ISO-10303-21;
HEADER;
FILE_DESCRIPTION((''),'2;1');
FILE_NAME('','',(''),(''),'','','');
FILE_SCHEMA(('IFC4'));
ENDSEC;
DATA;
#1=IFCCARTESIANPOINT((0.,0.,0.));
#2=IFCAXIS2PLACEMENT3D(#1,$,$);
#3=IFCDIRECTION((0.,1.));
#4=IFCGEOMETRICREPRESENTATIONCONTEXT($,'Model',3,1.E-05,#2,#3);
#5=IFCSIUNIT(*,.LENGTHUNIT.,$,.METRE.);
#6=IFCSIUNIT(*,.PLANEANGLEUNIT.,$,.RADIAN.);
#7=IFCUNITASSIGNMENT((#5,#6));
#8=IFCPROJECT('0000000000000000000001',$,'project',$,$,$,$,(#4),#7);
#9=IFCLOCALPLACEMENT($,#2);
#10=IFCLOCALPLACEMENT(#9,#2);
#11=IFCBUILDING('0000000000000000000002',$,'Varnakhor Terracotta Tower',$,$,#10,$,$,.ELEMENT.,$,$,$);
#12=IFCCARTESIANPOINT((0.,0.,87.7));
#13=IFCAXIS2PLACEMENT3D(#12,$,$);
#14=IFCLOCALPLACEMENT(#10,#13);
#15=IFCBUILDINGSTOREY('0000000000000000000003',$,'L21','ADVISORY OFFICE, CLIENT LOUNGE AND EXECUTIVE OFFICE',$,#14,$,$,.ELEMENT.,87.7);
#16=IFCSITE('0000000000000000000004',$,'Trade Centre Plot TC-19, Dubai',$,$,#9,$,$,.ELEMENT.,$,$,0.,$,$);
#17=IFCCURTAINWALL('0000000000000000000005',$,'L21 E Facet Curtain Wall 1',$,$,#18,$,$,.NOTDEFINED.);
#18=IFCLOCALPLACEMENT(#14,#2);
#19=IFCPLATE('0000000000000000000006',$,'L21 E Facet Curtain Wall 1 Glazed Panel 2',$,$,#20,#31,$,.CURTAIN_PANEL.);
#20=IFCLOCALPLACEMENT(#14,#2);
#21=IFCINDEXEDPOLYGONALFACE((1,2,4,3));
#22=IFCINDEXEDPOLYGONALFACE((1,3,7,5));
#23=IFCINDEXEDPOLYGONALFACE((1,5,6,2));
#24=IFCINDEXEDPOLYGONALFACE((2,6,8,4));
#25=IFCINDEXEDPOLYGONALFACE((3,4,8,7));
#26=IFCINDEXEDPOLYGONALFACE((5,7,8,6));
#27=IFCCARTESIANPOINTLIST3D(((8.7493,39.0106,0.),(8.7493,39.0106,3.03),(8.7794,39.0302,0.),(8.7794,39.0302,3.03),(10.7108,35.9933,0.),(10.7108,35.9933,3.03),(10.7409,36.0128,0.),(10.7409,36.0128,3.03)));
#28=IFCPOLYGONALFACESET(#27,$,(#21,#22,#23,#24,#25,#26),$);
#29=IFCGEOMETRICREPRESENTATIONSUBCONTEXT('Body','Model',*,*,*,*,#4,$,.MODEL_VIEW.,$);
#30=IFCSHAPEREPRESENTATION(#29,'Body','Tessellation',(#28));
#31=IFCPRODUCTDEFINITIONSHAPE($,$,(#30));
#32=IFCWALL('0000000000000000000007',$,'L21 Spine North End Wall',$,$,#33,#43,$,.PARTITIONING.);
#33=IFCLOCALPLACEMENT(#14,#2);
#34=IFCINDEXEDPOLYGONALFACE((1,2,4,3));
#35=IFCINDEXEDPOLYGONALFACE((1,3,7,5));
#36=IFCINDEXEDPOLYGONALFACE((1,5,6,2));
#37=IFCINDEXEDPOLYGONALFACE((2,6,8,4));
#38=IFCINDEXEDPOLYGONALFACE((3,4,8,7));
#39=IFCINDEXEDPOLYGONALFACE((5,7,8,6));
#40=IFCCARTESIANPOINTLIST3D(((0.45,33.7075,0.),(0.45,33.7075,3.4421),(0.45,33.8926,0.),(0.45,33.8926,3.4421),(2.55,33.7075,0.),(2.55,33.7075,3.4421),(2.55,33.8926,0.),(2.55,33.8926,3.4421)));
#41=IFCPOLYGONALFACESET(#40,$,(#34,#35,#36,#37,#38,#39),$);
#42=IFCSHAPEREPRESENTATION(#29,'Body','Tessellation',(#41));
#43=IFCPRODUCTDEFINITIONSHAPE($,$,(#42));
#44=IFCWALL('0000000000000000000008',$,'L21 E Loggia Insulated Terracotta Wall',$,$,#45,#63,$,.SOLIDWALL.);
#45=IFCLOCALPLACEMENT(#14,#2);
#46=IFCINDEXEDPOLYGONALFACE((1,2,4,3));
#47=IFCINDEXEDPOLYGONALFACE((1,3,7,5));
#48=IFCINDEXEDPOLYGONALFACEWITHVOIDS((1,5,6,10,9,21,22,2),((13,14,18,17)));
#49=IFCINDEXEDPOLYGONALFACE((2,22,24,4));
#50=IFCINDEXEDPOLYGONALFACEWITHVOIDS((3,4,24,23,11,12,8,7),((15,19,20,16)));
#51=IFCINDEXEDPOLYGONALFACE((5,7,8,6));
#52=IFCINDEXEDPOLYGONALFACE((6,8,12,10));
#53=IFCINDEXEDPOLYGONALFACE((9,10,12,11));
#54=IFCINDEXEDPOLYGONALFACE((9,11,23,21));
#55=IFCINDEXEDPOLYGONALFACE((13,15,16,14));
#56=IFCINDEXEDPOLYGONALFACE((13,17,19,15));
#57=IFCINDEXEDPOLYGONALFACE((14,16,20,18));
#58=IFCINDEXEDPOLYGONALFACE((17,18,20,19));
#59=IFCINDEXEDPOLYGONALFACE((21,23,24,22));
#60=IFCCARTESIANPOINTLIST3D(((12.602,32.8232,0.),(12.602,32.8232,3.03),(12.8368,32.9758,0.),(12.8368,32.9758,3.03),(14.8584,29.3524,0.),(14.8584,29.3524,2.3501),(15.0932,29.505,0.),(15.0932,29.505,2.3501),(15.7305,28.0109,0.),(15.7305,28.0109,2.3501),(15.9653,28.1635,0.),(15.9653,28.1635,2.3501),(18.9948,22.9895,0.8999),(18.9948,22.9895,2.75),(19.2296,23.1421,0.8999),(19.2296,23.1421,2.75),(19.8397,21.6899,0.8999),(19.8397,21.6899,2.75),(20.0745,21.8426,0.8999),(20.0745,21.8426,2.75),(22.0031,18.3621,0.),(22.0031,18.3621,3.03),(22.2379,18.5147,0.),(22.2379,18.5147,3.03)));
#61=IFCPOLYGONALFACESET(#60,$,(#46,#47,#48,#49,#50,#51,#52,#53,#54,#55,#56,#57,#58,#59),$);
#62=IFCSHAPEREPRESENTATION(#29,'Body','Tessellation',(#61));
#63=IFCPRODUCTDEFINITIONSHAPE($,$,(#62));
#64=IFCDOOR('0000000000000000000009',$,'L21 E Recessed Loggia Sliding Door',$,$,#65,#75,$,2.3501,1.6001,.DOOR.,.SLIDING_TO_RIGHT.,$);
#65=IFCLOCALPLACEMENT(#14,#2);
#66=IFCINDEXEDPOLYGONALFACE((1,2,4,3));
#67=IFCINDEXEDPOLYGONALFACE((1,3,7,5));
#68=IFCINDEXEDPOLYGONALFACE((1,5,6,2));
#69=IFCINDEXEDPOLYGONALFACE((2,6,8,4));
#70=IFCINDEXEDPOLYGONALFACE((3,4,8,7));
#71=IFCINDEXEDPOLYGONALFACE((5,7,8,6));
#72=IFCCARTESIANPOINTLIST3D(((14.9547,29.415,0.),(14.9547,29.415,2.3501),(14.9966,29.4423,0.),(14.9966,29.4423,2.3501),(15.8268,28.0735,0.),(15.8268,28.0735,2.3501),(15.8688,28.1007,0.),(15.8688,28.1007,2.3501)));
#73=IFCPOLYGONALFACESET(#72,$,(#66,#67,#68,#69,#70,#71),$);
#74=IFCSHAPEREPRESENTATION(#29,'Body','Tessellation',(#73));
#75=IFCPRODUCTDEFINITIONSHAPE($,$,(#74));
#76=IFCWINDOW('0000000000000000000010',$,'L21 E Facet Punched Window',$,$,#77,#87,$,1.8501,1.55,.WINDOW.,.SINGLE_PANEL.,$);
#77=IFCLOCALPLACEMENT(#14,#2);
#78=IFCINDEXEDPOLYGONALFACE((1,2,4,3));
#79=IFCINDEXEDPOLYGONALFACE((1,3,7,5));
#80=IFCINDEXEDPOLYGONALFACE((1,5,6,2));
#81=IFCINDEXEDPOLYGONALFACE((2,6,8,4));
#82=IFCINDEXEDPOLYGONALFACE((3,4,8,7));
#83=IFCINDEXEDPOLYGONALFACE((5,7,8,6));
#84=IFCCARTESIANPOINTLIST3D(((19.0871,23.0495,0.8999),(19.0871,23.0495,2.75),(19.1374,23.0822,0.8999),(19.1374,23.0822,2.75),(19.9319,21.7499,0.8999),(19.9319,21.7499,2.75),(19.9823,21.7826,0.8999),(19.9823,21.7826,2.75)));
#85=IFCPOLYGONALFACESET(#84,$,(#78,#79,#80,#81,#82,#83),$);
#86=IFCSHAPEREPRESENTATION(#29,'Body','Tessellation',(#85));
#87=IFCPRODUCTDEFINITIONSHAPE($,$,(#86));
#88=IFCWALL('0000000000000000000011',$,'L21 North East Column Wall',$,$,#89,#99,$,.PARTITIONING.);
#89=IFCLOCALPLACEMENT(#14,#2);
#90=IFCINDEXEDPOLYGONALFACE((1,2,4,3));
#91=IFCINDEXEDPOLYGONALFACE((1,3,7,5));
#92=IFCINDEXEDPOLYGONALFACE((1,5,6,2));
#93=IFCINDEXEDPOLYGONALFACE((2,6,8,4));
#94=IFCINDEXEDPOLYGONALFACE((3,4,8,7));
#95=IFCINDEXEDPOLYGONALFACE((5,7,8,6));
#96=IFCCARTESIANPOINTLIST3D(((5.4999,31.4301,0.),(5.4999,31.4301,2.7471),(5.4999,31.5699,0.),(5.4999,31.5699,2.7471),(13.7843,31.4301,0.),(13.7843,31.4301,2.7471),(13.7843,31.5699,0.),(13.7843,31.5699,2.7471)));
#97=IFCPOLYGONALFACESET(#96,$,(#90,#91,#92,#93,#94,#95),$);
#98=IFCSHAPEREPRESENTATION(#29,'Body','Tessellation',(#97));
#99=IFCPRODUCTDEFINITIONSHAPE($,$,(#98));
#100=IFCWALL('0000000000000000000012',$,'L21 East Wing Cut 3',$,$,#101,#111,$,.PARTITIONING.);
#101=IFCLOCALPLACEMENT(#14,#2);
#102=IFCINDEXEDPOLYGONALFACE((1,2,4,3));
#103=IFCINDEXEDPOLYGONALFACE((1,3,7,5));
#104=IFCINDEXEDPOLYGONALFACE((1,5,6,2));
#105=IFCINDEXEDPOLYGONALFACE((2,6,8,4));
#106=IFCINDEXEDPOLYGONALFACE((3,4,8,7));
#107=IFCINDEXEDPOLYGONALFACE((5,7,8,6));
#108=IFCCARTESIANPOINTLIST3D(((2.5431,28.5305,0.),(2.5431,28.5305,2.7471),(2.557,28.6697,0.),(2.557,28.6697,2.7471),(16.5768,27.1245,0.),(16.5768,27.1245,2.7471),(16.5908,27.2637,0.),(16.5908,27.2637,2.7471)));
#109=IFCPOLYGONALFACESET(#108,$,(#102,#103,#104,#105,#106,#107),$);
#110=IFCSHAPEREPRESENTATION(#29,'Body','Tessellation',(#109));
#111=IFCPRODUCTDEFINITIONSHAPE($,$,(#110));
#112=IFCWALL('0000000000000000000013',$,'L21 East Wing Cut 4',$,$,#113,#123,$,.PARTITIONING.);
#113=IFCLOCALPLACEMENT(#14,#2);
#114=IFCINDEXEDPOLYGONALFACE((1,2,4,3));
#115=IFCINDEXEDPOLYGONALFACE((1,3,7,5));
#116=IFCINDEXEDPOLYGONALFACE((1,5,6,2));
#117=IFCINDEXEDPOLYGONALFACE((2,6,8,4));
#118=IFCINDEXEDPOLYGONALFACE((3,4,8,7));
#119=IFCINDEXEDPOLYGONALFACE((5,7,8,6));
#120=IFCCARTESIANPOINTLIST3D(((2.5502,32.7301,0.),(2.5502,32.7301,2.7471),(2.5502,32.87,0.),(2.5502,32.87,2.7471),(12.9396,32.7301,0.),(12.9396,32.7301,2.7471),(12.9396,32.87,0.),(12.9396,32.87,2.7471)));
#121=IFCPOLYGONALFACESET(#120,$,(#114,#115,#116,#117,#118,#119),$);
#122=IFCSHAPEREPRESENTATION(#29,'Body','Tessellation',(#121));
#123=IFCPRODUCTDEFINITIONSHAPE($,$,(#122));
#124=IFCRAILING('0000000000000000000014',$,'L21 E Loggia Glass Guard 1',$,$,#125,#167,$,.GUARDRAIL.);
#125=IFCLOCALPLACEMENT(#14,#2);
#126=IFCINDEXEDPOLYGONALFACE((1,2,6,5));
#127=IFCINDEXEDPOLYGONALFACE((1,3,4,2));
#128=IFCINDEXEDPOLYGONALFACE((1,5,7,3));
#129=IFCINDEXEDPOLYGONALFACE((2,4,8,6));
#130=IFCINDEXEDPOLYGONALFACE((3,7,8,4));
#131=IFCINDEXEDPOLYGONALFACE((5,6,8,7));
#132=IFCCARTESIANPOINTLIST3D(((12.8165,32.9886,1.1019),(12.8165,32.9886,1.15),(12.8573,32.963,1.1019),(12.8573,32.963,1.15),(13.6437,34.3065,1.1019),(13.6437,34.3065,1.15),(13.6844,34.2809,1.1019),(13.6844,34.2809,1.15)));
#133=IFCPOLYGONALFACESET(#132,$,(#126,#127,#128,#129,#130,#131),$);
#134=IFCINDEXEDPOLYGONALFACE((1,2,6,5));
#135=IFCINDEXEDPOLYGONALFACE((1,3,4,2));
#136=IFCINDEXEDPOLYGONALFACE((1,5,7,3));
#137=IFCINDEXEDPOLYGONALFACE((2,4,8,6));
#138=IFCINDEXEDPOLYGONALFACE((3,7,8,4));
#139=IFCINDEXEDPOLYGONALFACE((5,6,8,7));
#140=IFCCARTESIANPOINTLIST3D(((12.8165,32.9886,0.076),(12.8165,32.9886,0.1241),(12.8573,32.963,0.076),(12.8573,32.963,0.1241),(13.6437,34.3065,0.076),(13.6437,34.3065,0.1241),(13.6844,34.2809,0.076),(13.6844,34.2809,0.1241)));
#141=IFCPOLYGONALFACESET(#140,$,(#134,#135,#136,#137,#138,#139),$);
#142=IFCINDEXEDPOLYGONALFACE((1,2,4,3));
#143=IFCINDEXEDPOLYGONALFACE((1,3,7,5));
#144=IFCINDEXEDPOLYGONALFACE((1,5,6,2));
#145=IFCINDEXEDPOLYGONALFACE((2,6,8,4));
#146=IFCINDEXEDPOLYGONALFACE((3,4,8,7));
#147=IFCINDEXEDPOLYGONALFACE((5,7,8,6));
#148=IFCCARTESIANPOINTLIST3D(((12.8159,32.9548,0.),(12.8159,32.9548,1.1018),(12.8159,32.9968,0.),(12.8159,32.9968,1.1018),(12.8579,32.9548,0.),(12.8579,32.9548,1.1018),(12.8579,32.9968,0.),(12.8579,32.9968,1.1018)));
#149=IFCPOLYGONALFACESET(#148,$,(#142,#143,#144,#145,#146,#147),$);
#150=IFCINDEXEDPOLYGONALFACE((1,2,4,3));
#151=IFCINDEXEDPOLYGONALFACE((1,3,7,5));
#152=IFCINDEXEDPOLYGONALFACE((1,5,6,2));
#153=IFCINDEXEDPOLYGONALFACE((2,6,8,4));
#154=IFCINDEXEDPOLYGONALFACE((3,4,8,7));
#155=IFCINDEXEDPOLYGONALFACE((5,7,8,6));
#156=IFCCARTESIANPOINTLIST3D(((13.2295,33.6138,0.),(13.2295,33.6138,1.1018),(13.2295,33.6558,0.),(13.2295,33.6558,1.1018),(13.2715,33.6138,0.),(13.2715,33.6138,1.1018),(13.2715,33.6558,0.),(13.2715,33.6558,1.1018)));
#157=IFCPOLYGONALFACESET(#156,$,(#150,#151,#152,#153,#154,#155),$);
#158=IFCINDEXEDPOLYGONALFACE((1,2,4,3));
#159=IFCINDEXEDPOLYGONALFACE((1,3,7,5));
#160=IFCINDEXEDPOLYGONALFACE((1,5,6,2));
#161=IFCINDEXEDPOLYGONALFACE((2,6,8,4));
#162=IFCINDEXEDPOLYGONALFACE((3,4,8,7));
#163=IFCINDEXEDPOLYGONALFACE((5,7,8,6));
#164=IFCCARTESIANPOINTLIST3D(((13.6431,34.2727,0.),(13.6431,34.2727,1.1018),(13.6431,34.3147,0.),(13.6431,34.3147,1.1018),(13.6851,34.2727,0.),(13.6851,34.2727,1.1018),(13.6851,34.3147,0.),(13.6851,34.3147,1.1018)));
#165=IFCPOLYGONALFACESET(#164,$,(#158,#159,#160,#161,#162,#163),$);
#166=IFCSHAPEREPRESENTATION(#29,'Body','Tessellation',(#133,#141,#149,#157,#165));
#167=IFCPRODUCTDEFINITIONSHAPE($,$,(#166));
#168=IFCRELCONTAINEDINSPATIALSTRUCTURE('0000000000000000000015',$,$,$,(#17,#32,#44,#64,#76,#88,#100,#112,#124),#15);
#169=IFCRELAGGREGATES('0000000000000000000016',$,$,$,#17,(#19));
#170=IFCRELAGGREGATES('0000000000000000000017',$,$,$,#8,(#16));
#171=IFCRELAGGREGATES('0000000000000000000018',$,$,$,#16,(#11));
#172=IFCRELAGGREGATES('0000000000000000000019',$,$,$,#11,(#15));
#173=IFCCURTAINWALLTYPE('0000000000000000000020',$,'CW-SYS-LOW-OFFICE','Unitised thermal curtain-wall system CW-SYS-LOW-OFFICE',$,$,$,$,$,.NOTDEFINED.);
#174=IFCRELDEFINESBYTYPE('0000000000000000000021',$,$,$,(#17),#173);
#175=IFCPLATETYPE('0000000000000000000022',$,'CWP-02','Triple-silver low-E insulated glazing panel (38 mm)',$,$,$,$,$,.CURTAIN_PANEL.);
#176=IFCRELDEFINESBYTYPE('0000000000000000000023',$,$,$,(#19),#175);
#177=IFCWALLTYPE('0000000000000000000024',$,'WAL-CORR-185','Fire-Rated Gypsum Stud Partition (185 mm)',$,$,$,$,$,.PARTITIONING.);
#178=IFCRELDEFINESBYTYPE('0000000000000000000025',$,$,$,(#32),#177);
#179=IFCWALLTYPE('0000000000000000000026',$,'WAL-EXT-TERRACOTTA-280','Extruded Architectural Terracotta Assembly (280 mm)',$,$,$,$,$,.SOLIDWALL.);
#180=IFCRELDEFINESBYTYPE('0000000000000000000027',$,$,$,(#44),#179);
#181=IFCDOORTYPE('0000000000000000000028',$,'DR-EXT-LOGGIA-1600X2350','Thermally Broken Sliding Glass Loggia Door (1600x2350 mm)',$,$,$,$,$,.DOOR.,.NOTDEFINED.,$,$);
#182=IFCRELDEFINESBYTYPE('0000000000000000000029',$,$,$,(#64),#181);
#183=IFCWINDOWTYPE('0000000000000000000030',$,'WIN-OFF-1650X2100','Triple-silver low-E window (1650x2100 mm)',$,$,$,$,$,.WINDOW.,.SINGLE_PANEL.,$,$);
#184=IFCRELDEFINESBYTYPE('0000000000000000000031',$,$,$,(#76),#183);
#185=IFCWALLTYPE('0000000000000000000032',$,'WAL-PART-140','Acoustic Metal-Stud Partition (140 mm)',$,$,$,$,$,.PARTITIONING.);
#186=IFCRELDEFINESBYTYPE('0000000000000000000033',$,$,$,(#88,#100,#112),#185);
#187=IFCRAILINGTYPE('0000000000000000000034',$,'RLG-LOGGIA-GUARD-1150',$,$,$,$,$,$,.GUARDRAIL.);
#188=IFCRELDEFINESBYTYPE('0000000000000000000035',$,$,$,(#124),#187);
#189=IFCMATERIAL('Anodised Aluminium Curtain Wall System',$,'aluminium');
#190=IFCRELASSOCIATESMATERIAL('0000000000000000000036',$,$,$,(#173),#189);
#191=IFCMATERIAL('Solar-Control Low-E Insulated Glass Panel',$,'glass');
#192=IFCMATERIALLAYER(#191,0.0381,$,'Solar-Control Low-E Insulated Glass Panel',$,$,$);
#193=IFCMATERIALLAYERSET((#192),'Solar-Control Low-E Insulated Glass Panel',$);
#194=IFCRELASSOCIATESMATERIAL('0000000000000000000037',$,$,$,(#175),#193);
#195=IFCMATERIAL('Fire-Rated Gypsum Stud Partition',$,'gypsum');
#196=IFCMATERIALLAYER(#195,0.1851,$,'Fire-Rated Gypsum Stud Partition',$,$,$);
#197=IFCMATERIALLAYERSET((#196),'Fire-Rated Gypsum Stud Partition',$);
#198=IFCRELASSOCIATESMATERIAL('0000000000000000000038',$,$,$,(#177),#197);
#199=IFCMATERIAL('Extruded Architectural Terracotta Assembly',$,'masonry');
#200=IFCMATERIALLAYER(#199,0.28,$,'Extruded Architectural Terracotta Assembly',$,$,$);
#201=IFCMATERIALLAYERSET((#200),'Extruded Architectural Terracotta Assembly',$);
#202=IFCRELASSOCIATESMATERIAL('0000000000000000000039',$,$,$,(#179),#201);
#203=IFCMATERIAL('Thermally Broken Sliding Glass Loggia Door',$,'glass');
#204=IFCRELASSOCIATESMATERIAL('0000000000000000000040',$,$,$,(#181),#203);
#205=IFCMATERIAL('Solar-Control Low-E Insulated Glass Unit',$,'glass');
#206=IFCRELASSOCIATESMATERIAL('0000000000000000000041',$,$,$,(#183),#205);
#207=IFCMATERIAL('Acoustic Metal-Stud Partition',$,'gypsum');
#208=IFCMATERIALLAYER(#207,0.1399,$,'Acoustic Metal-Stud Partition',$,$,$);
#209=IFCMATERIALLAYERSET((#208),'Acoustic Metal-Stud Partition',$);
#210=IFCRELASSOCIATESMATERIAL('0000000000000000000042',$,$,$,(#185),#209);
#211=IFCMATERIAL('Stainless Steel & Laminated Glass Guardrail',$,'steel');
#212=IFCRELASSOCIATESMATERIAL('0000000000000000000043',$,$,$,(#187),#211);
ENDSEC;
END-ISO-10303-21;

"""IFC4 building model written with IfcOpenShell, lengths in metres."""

from ifc_helpers import new_model, si_unit, direction, frame, frame_2d, origin, origin_2d, place, context, subcontext, project, spatial, rectangle, extrude, source, transform, mapped, material, layer, layer_set, type_object, type_shapes, element, fill, aggregate, save


model = new_model("IFC4")

# Units and contexts
model_context = context("Model", 3, precision=1e-05, world=origin(), true_north=direction((0.0, 1.0)))
body_context = subcontext(model_context, "Body", "Model", "MODEL_VIEW")
ifc_project = project(units=[si_unit("LENGTHUNIT", "METRE"), si_unit("PLANEANGLEUNIT", "RADIAN")], contexts=[model_context])

# Site, building, storey
site_placement = place(None, origin())
site = spatial("IfcSite", under=ifc_project, at=site_placement, Name="Trade Centre Plot TC-19, Dubai", CompositionType="ELEMENT", RefElevation=0.0)
building_placement = place(site_placement, origin())
building = spatial("IfcBuilding", under=site, at=building_placement, Name="Varnakhor Terracotta Tower", CompositionType="ELEMENT")
storey_placement = place(building_placement, frame((0.0, 0.0, 87.7)))
storey = spatial("IfcBuildingStorey", under=building, at=storey_placement, Name="L21", Description="ADVISORY OFFICE, CLIENT LOUNGE AND EXECUTIVE OFFICE", CompositionType="ELEMENT", Elevation=87.7)

# Shared definitions
ifc_material_1 = material(Name="Anodised Aluminium Curtain Wall System", Category="aluminium")
curtain_wall_type = type_object("IfcCurtainWallType", Name="CW-SYS-LOW-OFFICE", Description="Unitised thermal curtain-wall system CW-SYS-LOW-OFFICE", PredefinedType="NOTDEFINED", material=ifc_material_1)

# Curtain wall
curtain_wall_1_placement = place(storey_placement, origin())
curtain_wall_1 = element("IfcCurtainWall", 1, at=curtain_wall_1_placement, inside=storey, type_object=curtain_wall_type, Name="L21 E Facet Curtain Wall 1", PredefinedType="NOTDEFINED")

# Plate
ifc_material_2 = material(Name="Solar-Control Low-E Insulated Glass Panel", Category="glass")
ifc_layer_1 = layer(ifc_material_2, 0.0381, Name="Solar-Control Low-E Insulated Glass Panel")
ifc_layer_set_1 = layer_set([ifc_layer_1], Name="Solar-Control Low-E Insulated Glass Panel")
plate_type = type_object("IfcPlateType", Name="CWP-02", Description="Triple-silver low-E insulated glazing panel (38 mm)", PredefinedType="CURTAIN_PANEL", material=ifc_layer_set_1)
shared_shape_1 = source(origin(), body_context, "Body", "SweptSolid", [
    extrude(rectangle(XDim=3.5989, YDim=0.0359, at=origin_2d()), origin(), (0.0, 0.0, 1.0), 3.03),
])
plate_1_placement = place(storey_placement, frame((9.7451, 37.5117, 0.0), z_axis=(0.0, 0.0, 1.0), x_axis=(0.545034, -0.838414, 0.0)))
plate_1 = element("IfcPlate", 2, at=plate_1_placement, type_object=plate_type, Name="L21 E Facet Curtain Wall 1 Glazed Panel 2", PredefinedType="CURTAIN_PANEL", context=body_context, shape_type="MappedRepresentation", body=[
    mapped(shared_shape_1, transform((0.0, 0.0, 0.0), scale=1.0)),
])
aggregate(curtain_wall_1, [plate_1])

# Wall
ifc_material_3 = material(Name="Fire-Rated Gypsum Stud Partition", Category="gypsum")
ifc_layer_2 = layer(ifc_material_3, 0.1851, Name="Fire-Rated Gypsum Stud Partition")
ifc_layer_set_2 = layer_set([ifc_layer_2], Name="Fire-Rated Gypsum Stud Partition")
wall_type_1 = type_object("IfcWallType", Name="WAL-CORR-185", Description="Fire-Rated Gypsum Stud Partition (185 mm)", PredefinedType="PARTITIONING", material=ifc_layer_set_2)
wall_1_placement = place(storey_placement, frame((0.45, 33.8, 0.0), z_axis=(0.0, 0.0, 1.0), x_axis=(1.0, 0.0, 0.0)))
element("IfcWall", 3, at=wall_1_placement, inside=storey, type_object=wall_type_1, Name="L21 Spine North End Wall", PredefinedType="PARTITIONING", context=body_context, shape_type="SweptSolid", body=[
    extrude(rectangle(XDim=2.1001, YDim=0.1851, at=frame_2d((1.05, 0.0))), origin(), (0.0, 0.0, 1.0), 3.4421),
])

# Wall, openings, door, window
ifc_material_4 = material(Name="Extruded Architectural Terracotta Assembly", Category="masonry")
ifc_layer_3 = layer(ifc_material_4, 0.28, Name="Extruded Architectural Terracotta Assembly")
ifc_layer_set_3 = layer_set([ifc_layer_3], Name="Extruded Architectural Terracotta Assembly")
wall_type_2 = type_object("IfcWallType", Name="WAL-EXT-TERRACOTTA-280", Description="Extruded Architectural Terracotta Assembly (280 mm)", PredefinedType="SOLIDWALL", material=ifc_layer_set_3)
wall_2_placement = place(storey_placement, frame((12.7195, 32.8994, 0.0), z_axis=(0.0, 0.0, 1.0), x_axis=(0.545044, -0.838408, 0.0)))
wall_2 = element("IfcWall", 4, at=wall_2_placement, inside=storey, type_object=wall_type_2, Name="L21 E Loggia Insulated Terracotta Wall", PredefinedType="SOLIDWALL", context=body_context, shape_type="SweptSolid", body=[
    extrude(rectangle(XDim=17.2483, YDim=0.28, at=frame_2d((8.624, 0.0))), origin(), (0.0, 0.0, 1.0), 3.03),
])
opening_1_placement = place(wall_2_placement, frame((4.1396, 0.0, 0.0)))
opening_1 = element("IfcOpeningElement", 5, at=opening_1_placement, cuts=wall_2, PredefinedType="OPENING", context=body_context, shape_type="SweptSolid", body=[
    extrude(rectangle(XDim=1.6001, YDim=2.3501, at=frame_2d((0.8, 1.175))), frame((0.0, 0.1499, 0.0), z_axis=(0.0, -1.0, 0.0), x_axis=(1.0, 0.0, 0.0)), (0.0, 0.0, 1.0), 0.3),
])
opening_2_placement = place(wall_2_placement, frame((11.729, 0.0, 0.8999)))
opening_2 = element("IfcOpeningElement", 6, at=opening_2_placement, cuts=wall_2, PredefinedType="OPENING", context=body_context, shape_type="SweptSolid", body=[
    extrude(rectangle(XDim=1.55, YDim=1.8501, at=frame_2d((0.7749, 0.925))), frame((0.0, 0.1499, 0.0), z_axis=(0.0, -1.0, 0.0), x_axis=(1.0, 0.0, 0.0)), (0.0, 0.0, 1.0), 0.3),
])
ifc_material_5 = material(Name="Thermally Broken Sliding Glass Loggia Door", Category="glass")
door_type = type_object("IfcDoorType", Name="DR-EXT-LOGGIA-1600X2350", Description="Thermally Broken Sliding Glass Loggia Door (1600x2350 mm)", OperationType="NOTDEFINED", PredefinedType="DOOR", material=ifc_material_5)
shared_shape_2 = source(origin(), body_context, "Body", "SweptSolid", [
    extrude(rectangle(XDim=1.6001, YDim=2.3501, at=frame_2d((0.8, 1.175))), frame((0.0, 0.0249, 0.0), z_axis=(0.0, -1.0, 0.0), x_axis=(1.0, 0.0, 0.0)), (0.0, 0.0, 1.0), 0.05),
])
type_shapes(door_type, [shared_shape_2])
door_placement = place(opening_1_placement, origin())
door = element("IfcDoor", 7, at=door_placement, inside=storey, type_object=door_type, Name="L21 E Recessed Loggia Sliding Door", OperationType="SLIDING_TO_RIGHT", OverallHeight=2.3501, OverallWidth=1.6001, PredefinedType="DOOR", context=body_context, shape_type="MappedRepresentation", body=[
    mapped(shared_shape_2, transform((0.0, 0.0, 0.0), scale=1.0)),
])
fill(opening_1, door)
ifc_material_6 = material(Name="Solar-Control Low-E Insulated Glass Unit", Category="glass")
window_type = type_object("IfcWindowType", Name="WIN-OFF-1650X2100", Description="Triple-silver low-E window (1650x2100 mm)", PartitioningType="SINGLE_PANEL", PredefinedType="WINDOW", material=ifc_material_6)
shared_shape_3 = source(origin(), body_context, "Body", "SweptSolid", [
    extrude(rectangle(XDim=1.55, YDim=1.8501, at=frame_2d((0.7749, 0.925))), frame((0.0, 0.03, 0.0), z_axis=(0.0, -1.0, 0.0), x_axis=(1.0, 0.0, 0.0)), (0.0, 0.0, 1.0), 0.0601),
])
type_shapes(window_type, [shared_shape_3])
window_placement = place(opening_2_placement, origin())
window = element("IfcWindow", 8, at=window_placement, inside=storey, type_object=window_type, Name="L21 E Facet Punched Window", OverallHeight=1.8501, OverallWidth=1.55, PartitioningType="SINGLE_PANEL", PredefinedType="WINDOW", context=body_context, shape_type="MappedRepresentation", body=[
    mapped(shared_shape_3, transform((0.0, 0.0, 0.0), scale=1.0)),
])
fill(opening_2, window)

# Walls
ifc_material_7 = material(Name="Acoustic Metal-Stud Partition", Category="gypsum")
ifc_layer_4 = layer(ifc_material_7, 0.1399, Name="Acoustic Metal-Stud Partition")
ifc_layer_set_4 = layer_set([ifc_layer_4], Name="Acoustic Metal-Stud Partition")
wall_type_3 = type_object("IfcWallType", Name="WAL-PART-140", Description="Acoustic Metal-Stud Partition (140 mm)", PredefinedType="PARTITIONING", material=ifc_layer_set_4)
wall_3_placement = place(storey_placement, frame((5.5, 31.5, 0.0), z_axis=(0.0, 0.0, 1.0), x_axis=(1.0, 0.0, 0.0)))
element("IfcWall", 9, at=wall_3_placement, inside=storey, type_object=wall_type_3, Name="L21 North East Column Wall", PredefinedType="PARTITIONING", context=body_context, shape_type="SweptSolid", body=[
    extrude(rectangle(XDim=8.2844, YDim=0.1399, at=frame_2d((4.1421, 0.0))), origin(), (0.0, 0.0, 1.0), 2.7471),
])
wall_4_placement = place(storey_placement, frame((2.55, 28.6001, 0.0), z_axis=(0.0, 0.0, 1.0), x_axis=(0.995019, -0.099689, 0.0)))
element("IfcWall", 10, at=wall_4_placement, inside=storey, type_object=wall_type_3, Name="L21 East Wing Cut 3", PredefinedType="PARTITIONING", context=body_context, shape_type="SweptSolid", body=[
    extrude(rectangle(XDim=14.104, YDim=0.1399, at=frame_2d((7.052, 0.0))), origin(), (0.0, 0.0, 1.0), 2.7471),
])
wall_5_placement = place(storey_placement, frame((2.55, 32.8, 0.0), z_axis=(0.0, 0.0, 1.0), x_axis=(1.0, 0.0, 0.0)))
element("IfcWall", 11, at=wall_5_placement, inside=storey, type_object=wall_type_3, Name="L21 East Wing Cut 4", PredefinedType="PARTITIONING", context=body_context, shape_type="SweptSolid", body=[
    extrude(rectangle(XDim=10.3894, YDim=0.1399, at=frame_2d((5.1948, 0.0))), origin(), (0.0, 0.0, 1.0), 2.7471),
])

# Railing
ifc_material_8 = material(Name="Stainless Steel & Laminated Glass Guardrail", Category="steel")
railing_type = type_object("IfcRailingType", Name="RLG-LOGGIA-GUARD-1150", PredefinedType="GUARDRAIL", material=ifc_material_8)
railing_1_placement = place(storey_placement, frame((12.8369, 32.9758, 0.0)))
element("IfcRailing", 12, at=railing_1_placement, inside=storey, type_object=railing_type, Name="L21 E Loggia Glass Guard 1", PredefinedType="GUARDRAIL", context=body_context, shape_type="SweptSolid", body=[
    extrude(rectangle(XDim=0.0481, YDim=0.0481, at=origin_2d()), frame((0.0, 0.0, 1.126), z_axis=(0.531606, 0.846992, 0.0), x_axis=(-0.846992, 0.531606, 0.0)), (0.0, 0.0, 1.0), 1.5559),
    extrude(rectangle(XDim=0.0481, YDim=0.0481, at=origin_2d()), frame((0.0, 0.0, 0.1001), z_axis=(0.531606, 0.846992, 0.0), x_axis=(-0.846992, 0.531606, 0.0)), (0.0, 0.0, 1.0), 1.5559),
    extrude(rectangle(XDim=0.042, YDim=0.042, at=origin_2d()), origin(), (0.0, 0.0, 1.0), 1.1018),
    extrude(rectangle(XDim=0.042, YDim=0.042, at=origin_2d()), frame((0.4136, 0.6589, 0.0)), (0.0, 0.0, 1.0), 1.1018),
    extrude(rectangle(XDim=0.042, YDim=0.042, at=origin_2d()), frame((0.8271, 1.3179, 0.0)), (0.0, 0.0, 1.0), 1.1018),
])

save(model, "model.ifc")
